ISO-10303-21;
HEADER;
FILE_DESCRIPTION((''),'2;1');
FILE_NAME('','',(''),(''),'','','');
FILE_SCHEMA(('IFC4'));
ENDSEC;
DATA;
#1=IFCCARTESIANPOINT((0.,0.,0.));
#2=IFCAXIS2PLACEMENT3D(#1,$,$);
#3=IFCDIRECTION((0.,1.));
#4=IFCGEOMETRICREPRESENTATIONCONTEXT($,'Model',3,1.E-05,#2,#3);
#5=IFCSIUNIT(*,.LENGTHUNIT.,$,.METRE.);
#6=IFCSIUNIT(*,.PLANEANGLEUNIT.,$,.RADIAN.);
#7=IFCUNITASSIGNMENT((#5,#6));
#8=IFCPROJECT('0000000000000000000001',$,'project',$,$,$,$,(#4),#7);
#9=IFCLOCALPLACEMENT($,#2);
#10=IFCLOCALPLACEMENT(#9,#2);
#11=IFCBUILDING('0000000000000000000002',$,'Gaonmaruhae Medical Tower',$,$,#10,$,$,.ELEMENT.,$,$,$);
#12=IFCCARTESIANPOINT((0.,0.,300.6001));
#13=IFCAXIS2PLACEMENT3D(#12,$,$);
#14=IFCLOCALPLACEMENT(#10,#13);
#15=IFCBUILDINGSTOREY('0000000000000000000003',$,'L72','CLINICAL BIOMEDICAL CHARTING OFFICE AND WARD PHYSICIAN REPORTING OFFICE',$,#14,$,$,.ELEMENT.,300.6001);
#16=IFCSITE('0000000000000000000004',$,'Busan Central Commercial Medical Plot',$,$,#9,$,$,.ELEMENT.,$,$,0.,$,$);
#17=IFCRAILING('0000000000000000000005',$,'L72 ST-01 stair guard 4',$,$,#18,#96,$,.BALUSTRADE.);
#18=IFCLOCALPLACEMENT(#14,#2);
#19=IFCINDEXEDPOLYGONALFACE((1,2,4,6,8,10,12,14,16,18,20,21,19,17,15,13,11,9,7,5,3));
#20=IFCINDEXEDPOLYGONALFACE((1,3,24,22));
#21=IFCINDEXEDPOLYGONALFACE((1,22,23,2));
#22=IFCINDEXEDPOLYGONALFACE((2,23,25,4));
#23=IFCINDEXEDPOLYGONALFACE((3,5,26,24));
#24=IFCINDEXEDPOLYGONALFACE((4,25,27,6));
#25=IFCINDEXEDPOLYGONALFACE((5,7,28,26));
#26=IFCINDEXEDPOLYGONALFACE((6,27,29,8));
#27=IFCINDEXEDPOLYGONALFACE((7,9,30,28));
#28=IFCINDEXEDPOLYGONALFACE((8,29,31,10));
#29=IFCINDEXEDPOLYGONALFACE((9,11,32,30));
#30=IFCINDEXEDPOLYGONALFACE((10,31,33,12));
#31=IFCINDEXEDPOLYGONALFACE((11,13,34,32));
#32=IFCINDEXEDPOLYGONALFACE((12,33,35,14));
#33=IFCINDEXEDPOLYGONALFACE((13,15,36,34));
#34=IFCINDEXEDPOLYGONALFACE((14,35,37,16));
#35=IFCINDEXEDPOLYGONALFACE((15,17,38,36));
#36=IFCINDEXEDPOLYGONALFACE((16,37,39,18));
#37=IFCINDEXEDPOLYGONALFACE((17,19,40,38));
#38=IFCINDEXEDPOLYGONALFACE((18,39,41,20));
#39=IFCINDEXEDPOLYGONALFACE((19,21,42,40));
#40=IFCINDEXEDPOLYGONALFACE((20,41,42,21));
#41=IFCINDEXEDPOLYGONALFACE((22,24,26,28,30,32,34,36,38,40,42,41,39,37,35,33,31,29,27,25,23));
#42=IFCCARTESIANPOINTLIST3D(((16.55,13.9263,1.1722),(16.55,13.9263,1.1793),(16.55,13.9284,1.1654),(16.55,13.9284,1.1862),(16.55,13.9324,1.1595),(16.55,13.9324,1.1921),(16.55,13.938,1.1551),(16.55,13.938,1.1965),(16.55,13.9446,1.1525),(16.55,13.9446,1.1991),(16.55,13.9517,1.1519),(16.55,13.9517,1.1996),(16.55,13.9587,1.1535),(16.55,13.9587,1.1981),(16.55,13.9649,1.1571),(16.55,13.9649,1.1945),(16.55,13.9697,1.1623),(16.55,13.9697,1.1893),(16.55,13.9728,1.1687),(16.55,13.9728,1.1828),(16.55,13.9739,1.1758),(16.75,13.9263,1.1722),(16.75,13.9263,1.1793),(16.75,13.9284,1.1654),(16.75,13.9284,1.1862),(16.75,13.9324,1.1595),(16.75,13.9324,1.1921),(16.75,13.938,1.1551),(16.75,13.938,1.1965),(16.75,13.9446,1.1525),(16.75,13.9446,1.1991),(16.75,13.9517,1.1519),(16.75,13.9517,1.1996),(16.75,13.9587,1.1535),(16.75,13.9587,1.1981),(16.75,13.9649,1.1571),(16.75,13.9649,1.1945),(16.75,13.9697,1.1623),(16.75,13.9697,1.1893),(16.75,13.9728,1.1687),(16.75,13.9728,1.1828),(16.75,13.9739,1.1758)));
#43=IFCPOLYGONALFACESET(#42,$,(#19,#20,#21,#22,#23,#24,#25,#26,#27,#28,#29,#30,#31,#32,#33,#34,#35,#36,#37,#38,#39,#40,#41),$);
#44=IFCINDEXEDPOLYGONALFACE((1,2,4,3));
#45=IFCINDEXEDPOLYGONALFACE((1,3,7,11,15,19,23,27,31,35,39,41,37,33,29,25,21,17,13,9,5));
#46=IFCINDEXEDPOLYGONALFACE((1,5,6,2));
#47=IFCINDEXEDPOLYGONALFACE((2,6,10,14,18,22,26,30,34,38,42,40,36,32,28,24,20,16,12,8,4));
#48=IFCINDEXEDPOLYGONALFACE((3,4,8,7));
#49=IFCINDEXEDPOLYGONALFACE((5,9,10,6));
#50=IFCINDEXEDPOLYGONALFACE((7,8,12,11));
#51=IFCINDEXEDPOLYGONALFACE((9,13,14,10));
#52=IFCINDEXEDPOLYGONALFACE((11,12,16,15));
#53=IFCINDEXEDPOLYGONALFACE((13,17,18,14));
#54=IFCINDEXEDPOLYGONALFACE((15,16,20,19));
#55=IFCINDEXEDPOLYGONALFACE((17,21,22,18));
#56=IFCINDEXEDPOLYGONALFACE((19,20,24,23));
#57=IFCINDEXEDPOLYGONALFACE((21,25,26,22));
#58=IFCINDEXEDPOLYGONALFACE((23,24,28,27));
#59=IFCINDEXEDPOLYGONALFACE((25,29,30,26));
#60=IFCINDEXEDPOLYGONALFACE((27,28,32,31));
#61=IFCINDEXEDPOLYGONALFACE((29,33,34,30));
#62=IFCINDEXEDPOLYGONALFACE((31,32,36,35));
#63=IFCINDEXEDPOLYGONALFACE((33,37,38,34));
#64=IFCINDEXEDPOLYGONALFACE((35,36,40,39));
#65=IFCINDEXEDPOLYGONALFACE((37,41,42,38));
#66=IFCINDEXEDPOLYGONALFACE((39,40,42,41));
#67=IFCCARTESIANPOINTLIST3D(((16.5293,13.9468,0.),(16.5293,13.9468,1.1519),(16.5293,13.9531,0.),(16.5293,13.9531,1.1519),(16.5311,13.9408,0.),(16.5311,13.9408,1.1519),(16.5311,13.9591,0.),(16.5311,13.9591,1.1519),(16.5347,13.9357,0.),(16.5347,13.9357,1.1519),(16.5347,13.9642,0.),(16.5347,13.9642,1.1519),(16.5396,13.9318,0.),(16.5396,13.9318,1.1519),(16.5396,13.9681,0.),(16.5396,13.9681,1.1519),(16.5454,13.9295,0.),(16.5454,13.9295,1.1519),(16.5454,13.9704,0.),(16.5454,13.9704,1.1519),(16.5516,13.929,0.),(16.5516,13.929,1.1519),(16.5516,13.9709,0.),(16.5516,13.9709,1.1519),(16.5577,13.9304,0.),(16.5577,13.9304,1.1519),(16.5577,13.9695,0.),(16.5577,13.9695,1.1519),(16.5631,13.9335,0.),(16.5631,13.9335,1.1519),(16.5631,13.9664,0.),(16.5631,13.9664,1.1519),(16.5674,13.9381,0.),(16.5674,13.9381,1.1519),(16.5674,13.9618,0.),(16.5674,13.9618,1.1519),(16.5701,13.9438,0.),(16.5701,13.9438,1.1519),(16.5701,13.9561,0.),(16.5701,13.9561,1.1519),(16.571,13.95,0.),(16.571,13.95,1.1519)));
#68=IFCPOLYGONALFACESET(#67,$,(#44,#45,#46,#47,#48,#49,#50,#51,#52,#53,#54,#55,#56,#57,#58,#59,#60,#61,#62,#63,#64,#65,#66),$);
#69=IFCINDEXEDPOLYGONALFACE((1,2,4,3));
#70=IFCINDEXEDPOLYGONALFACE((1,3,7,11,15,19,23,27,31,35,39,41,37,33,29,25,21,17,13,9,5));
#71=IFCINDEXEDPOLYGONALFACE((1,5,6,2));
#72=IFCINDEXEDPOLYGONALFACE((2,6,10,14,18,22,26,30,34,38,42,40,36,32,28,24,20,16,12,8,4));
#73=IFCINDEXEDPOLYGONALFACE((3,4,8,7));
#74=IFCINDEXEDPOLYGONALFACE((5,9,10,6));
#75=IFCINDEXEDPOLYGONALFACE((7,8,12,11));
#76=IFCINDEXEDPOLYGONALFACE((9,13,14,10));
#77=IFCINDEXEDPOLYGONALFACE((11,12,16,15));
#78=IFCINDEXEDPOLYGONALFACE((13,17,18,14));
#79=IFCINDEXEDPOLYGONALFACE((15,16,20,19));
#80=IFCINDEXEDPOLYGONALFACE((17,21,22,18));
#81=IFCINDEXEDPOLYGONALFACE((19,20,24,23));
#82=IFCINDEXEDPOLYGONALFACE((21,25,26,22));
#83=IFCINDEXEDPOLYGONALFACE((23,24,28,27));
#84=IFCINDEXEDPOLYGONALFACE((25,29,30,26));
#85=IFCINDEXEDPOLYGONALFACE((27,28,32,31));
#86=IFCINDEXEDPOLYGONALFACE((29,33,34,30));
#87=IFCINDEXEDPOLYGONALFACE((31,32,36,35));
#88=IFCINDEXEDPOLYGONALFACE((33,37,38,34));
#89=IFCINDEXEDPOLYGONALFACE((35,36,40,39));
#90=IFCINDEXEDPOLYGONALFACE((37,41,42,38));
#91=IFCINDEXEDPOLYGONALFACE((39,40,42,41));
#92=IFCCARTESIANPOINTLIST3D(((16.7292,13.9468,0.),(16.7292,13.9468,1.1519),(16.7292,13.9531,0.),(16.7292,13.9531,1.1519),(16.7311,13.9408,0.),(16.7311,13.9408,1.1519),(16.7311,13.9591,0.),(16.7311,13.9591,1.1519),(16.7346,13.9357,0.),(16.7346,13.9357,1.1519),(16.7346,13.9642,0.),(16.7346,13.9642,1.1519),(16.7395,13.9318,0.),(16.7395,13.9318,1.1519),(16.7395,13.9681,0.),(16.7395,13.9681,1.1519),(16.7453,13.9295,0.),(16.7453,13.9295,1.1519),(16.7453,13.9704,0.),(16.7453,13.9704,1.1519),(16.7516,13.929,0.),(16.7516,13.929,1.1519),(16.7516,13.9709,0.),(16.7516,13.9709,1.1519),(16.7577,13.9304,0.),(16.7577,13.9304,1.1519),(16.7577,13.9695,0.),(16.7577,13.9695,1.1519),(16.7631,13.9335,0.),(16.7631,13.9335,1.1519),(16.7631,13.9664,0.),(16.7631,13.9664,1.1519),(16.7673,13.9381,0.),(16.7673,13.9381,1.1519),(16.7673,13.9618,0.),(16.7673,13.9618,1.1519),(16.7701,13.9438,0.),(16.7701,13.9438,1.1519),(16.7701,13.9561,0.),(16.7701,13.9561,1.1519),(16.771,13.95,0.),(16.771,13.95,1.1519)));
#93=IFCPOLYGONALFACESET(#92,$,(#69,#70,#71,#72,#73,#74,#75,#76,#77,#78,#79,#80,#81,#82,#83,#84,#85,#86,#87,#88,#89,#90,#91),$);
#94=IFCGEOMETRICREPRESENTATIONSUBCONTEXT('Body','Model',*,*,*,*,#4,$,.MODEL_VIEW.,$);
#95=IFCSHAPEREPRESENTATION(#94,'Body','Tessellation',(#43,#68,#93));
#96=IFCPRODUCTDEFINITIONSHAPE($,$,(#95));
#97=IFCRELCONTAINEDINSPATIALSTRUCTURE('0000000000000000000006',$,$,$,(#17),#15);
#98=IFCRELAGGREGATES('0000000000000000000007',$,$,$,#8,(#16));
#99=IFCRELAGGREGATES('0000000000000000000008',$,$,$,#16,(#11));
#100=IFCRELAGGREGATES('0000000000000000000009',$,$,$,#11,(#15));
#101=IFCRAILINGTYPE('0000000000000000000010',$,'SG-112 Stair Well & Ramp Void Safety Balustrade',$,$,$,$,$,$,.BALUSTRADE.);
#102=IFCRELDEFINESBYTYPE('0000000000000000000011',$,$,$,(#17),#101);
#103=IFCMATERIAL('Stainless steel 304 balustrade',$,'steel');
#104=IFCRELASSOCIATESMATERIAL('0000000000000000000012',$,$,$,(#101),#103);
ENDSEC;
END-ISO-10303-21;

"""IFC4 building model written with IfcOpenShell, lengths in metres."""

from ifc_helpers import new_model, si_unit, direction, frame, origin, origin_2d, place, context, subcontext, project, spatial, circle, extrude, material, type_object, element, save


model = new_model("IFC4")

# Units and contexts
model_context = context("Model", 3, precision=1e-05, world=origin(), true_north=direction((0.0, 1.0)))
body_context = subcontext(model_context, "Body", "Model", "MODEL_VIEW")
ifc_project = project(units=[si_unit("LENGTHUNIT", "METRE"), si_unit("PLANEANGLEUNIT", "RADIAN")], contexts=[model_context])

# Site, building, storey
site_placement = place(None, origin())
site = spatial("IfcSite", under=ifc_project, at=site_placement, Name="Busan Central Commercial Medical Plot", CompositionType="ELEMENT", RefElevation=0.0)
building_placement = place(site_placement, origin())
building = spatial("IfcBuilding", under=site, at=building_placement, Name="Gaonmaruhae Medical Tower", CompositionType="ELEMENT")
storey_placement = place(building_placement, frame((0.0, 0.0, 300.6001)))
storey = spatial("IfcBuildingStorey", under=building, at=storey_placement, Name="L72", Description="CLINICAL BIOMEDICAL CHARTING OFFICE AND WARD PHYSICIAN REPORTING OFFICE", CompositionType="ELEMENT", Elevation=300.6001)

# Railing
ifc_material_1 = material(Name="Stainless steel 304 balustrade", Category="steel")
railing_type = type_object("IfcRailingType", Name="SG-112 Stair Well & Ramp Void Safety Balustrade", PredefinedType="BALUSTRADE", material=ifc_material_1)
railing_1_placement = place(storey_placement, frame((16.55, 13.95, 0.0)))
element("IfcRailing", 1, at=railing_1_placement, inside=storey, type_object=railing_type, Name="L72 ST-01 stair guard 4", PredefinedType="BALUSTRADE", context=body_context, shape_type="SweptSolid", body=[
    extrude(circle(Radius=0.0239, at=origin_2d()), frame((0.0, 0.0, 1.1758), z_axis=(1.0, 0.0, 0.0), x_axis=(0.0, 1.0, 0.0)), (0.0, 0.0, 1.0), 0.2),
    extrude(circle(Radius=0.021, at=origin_2d()), origin(), (0.0, 0.0, 1.0), 1.1519),
    extrude(circle(Radius=0.021, at=origin_2d()), frame((0.2, 0.0, 0.0)), (0.0, 0.0, 1.0), 1.1519),
])

save(model, "model.ifc")
